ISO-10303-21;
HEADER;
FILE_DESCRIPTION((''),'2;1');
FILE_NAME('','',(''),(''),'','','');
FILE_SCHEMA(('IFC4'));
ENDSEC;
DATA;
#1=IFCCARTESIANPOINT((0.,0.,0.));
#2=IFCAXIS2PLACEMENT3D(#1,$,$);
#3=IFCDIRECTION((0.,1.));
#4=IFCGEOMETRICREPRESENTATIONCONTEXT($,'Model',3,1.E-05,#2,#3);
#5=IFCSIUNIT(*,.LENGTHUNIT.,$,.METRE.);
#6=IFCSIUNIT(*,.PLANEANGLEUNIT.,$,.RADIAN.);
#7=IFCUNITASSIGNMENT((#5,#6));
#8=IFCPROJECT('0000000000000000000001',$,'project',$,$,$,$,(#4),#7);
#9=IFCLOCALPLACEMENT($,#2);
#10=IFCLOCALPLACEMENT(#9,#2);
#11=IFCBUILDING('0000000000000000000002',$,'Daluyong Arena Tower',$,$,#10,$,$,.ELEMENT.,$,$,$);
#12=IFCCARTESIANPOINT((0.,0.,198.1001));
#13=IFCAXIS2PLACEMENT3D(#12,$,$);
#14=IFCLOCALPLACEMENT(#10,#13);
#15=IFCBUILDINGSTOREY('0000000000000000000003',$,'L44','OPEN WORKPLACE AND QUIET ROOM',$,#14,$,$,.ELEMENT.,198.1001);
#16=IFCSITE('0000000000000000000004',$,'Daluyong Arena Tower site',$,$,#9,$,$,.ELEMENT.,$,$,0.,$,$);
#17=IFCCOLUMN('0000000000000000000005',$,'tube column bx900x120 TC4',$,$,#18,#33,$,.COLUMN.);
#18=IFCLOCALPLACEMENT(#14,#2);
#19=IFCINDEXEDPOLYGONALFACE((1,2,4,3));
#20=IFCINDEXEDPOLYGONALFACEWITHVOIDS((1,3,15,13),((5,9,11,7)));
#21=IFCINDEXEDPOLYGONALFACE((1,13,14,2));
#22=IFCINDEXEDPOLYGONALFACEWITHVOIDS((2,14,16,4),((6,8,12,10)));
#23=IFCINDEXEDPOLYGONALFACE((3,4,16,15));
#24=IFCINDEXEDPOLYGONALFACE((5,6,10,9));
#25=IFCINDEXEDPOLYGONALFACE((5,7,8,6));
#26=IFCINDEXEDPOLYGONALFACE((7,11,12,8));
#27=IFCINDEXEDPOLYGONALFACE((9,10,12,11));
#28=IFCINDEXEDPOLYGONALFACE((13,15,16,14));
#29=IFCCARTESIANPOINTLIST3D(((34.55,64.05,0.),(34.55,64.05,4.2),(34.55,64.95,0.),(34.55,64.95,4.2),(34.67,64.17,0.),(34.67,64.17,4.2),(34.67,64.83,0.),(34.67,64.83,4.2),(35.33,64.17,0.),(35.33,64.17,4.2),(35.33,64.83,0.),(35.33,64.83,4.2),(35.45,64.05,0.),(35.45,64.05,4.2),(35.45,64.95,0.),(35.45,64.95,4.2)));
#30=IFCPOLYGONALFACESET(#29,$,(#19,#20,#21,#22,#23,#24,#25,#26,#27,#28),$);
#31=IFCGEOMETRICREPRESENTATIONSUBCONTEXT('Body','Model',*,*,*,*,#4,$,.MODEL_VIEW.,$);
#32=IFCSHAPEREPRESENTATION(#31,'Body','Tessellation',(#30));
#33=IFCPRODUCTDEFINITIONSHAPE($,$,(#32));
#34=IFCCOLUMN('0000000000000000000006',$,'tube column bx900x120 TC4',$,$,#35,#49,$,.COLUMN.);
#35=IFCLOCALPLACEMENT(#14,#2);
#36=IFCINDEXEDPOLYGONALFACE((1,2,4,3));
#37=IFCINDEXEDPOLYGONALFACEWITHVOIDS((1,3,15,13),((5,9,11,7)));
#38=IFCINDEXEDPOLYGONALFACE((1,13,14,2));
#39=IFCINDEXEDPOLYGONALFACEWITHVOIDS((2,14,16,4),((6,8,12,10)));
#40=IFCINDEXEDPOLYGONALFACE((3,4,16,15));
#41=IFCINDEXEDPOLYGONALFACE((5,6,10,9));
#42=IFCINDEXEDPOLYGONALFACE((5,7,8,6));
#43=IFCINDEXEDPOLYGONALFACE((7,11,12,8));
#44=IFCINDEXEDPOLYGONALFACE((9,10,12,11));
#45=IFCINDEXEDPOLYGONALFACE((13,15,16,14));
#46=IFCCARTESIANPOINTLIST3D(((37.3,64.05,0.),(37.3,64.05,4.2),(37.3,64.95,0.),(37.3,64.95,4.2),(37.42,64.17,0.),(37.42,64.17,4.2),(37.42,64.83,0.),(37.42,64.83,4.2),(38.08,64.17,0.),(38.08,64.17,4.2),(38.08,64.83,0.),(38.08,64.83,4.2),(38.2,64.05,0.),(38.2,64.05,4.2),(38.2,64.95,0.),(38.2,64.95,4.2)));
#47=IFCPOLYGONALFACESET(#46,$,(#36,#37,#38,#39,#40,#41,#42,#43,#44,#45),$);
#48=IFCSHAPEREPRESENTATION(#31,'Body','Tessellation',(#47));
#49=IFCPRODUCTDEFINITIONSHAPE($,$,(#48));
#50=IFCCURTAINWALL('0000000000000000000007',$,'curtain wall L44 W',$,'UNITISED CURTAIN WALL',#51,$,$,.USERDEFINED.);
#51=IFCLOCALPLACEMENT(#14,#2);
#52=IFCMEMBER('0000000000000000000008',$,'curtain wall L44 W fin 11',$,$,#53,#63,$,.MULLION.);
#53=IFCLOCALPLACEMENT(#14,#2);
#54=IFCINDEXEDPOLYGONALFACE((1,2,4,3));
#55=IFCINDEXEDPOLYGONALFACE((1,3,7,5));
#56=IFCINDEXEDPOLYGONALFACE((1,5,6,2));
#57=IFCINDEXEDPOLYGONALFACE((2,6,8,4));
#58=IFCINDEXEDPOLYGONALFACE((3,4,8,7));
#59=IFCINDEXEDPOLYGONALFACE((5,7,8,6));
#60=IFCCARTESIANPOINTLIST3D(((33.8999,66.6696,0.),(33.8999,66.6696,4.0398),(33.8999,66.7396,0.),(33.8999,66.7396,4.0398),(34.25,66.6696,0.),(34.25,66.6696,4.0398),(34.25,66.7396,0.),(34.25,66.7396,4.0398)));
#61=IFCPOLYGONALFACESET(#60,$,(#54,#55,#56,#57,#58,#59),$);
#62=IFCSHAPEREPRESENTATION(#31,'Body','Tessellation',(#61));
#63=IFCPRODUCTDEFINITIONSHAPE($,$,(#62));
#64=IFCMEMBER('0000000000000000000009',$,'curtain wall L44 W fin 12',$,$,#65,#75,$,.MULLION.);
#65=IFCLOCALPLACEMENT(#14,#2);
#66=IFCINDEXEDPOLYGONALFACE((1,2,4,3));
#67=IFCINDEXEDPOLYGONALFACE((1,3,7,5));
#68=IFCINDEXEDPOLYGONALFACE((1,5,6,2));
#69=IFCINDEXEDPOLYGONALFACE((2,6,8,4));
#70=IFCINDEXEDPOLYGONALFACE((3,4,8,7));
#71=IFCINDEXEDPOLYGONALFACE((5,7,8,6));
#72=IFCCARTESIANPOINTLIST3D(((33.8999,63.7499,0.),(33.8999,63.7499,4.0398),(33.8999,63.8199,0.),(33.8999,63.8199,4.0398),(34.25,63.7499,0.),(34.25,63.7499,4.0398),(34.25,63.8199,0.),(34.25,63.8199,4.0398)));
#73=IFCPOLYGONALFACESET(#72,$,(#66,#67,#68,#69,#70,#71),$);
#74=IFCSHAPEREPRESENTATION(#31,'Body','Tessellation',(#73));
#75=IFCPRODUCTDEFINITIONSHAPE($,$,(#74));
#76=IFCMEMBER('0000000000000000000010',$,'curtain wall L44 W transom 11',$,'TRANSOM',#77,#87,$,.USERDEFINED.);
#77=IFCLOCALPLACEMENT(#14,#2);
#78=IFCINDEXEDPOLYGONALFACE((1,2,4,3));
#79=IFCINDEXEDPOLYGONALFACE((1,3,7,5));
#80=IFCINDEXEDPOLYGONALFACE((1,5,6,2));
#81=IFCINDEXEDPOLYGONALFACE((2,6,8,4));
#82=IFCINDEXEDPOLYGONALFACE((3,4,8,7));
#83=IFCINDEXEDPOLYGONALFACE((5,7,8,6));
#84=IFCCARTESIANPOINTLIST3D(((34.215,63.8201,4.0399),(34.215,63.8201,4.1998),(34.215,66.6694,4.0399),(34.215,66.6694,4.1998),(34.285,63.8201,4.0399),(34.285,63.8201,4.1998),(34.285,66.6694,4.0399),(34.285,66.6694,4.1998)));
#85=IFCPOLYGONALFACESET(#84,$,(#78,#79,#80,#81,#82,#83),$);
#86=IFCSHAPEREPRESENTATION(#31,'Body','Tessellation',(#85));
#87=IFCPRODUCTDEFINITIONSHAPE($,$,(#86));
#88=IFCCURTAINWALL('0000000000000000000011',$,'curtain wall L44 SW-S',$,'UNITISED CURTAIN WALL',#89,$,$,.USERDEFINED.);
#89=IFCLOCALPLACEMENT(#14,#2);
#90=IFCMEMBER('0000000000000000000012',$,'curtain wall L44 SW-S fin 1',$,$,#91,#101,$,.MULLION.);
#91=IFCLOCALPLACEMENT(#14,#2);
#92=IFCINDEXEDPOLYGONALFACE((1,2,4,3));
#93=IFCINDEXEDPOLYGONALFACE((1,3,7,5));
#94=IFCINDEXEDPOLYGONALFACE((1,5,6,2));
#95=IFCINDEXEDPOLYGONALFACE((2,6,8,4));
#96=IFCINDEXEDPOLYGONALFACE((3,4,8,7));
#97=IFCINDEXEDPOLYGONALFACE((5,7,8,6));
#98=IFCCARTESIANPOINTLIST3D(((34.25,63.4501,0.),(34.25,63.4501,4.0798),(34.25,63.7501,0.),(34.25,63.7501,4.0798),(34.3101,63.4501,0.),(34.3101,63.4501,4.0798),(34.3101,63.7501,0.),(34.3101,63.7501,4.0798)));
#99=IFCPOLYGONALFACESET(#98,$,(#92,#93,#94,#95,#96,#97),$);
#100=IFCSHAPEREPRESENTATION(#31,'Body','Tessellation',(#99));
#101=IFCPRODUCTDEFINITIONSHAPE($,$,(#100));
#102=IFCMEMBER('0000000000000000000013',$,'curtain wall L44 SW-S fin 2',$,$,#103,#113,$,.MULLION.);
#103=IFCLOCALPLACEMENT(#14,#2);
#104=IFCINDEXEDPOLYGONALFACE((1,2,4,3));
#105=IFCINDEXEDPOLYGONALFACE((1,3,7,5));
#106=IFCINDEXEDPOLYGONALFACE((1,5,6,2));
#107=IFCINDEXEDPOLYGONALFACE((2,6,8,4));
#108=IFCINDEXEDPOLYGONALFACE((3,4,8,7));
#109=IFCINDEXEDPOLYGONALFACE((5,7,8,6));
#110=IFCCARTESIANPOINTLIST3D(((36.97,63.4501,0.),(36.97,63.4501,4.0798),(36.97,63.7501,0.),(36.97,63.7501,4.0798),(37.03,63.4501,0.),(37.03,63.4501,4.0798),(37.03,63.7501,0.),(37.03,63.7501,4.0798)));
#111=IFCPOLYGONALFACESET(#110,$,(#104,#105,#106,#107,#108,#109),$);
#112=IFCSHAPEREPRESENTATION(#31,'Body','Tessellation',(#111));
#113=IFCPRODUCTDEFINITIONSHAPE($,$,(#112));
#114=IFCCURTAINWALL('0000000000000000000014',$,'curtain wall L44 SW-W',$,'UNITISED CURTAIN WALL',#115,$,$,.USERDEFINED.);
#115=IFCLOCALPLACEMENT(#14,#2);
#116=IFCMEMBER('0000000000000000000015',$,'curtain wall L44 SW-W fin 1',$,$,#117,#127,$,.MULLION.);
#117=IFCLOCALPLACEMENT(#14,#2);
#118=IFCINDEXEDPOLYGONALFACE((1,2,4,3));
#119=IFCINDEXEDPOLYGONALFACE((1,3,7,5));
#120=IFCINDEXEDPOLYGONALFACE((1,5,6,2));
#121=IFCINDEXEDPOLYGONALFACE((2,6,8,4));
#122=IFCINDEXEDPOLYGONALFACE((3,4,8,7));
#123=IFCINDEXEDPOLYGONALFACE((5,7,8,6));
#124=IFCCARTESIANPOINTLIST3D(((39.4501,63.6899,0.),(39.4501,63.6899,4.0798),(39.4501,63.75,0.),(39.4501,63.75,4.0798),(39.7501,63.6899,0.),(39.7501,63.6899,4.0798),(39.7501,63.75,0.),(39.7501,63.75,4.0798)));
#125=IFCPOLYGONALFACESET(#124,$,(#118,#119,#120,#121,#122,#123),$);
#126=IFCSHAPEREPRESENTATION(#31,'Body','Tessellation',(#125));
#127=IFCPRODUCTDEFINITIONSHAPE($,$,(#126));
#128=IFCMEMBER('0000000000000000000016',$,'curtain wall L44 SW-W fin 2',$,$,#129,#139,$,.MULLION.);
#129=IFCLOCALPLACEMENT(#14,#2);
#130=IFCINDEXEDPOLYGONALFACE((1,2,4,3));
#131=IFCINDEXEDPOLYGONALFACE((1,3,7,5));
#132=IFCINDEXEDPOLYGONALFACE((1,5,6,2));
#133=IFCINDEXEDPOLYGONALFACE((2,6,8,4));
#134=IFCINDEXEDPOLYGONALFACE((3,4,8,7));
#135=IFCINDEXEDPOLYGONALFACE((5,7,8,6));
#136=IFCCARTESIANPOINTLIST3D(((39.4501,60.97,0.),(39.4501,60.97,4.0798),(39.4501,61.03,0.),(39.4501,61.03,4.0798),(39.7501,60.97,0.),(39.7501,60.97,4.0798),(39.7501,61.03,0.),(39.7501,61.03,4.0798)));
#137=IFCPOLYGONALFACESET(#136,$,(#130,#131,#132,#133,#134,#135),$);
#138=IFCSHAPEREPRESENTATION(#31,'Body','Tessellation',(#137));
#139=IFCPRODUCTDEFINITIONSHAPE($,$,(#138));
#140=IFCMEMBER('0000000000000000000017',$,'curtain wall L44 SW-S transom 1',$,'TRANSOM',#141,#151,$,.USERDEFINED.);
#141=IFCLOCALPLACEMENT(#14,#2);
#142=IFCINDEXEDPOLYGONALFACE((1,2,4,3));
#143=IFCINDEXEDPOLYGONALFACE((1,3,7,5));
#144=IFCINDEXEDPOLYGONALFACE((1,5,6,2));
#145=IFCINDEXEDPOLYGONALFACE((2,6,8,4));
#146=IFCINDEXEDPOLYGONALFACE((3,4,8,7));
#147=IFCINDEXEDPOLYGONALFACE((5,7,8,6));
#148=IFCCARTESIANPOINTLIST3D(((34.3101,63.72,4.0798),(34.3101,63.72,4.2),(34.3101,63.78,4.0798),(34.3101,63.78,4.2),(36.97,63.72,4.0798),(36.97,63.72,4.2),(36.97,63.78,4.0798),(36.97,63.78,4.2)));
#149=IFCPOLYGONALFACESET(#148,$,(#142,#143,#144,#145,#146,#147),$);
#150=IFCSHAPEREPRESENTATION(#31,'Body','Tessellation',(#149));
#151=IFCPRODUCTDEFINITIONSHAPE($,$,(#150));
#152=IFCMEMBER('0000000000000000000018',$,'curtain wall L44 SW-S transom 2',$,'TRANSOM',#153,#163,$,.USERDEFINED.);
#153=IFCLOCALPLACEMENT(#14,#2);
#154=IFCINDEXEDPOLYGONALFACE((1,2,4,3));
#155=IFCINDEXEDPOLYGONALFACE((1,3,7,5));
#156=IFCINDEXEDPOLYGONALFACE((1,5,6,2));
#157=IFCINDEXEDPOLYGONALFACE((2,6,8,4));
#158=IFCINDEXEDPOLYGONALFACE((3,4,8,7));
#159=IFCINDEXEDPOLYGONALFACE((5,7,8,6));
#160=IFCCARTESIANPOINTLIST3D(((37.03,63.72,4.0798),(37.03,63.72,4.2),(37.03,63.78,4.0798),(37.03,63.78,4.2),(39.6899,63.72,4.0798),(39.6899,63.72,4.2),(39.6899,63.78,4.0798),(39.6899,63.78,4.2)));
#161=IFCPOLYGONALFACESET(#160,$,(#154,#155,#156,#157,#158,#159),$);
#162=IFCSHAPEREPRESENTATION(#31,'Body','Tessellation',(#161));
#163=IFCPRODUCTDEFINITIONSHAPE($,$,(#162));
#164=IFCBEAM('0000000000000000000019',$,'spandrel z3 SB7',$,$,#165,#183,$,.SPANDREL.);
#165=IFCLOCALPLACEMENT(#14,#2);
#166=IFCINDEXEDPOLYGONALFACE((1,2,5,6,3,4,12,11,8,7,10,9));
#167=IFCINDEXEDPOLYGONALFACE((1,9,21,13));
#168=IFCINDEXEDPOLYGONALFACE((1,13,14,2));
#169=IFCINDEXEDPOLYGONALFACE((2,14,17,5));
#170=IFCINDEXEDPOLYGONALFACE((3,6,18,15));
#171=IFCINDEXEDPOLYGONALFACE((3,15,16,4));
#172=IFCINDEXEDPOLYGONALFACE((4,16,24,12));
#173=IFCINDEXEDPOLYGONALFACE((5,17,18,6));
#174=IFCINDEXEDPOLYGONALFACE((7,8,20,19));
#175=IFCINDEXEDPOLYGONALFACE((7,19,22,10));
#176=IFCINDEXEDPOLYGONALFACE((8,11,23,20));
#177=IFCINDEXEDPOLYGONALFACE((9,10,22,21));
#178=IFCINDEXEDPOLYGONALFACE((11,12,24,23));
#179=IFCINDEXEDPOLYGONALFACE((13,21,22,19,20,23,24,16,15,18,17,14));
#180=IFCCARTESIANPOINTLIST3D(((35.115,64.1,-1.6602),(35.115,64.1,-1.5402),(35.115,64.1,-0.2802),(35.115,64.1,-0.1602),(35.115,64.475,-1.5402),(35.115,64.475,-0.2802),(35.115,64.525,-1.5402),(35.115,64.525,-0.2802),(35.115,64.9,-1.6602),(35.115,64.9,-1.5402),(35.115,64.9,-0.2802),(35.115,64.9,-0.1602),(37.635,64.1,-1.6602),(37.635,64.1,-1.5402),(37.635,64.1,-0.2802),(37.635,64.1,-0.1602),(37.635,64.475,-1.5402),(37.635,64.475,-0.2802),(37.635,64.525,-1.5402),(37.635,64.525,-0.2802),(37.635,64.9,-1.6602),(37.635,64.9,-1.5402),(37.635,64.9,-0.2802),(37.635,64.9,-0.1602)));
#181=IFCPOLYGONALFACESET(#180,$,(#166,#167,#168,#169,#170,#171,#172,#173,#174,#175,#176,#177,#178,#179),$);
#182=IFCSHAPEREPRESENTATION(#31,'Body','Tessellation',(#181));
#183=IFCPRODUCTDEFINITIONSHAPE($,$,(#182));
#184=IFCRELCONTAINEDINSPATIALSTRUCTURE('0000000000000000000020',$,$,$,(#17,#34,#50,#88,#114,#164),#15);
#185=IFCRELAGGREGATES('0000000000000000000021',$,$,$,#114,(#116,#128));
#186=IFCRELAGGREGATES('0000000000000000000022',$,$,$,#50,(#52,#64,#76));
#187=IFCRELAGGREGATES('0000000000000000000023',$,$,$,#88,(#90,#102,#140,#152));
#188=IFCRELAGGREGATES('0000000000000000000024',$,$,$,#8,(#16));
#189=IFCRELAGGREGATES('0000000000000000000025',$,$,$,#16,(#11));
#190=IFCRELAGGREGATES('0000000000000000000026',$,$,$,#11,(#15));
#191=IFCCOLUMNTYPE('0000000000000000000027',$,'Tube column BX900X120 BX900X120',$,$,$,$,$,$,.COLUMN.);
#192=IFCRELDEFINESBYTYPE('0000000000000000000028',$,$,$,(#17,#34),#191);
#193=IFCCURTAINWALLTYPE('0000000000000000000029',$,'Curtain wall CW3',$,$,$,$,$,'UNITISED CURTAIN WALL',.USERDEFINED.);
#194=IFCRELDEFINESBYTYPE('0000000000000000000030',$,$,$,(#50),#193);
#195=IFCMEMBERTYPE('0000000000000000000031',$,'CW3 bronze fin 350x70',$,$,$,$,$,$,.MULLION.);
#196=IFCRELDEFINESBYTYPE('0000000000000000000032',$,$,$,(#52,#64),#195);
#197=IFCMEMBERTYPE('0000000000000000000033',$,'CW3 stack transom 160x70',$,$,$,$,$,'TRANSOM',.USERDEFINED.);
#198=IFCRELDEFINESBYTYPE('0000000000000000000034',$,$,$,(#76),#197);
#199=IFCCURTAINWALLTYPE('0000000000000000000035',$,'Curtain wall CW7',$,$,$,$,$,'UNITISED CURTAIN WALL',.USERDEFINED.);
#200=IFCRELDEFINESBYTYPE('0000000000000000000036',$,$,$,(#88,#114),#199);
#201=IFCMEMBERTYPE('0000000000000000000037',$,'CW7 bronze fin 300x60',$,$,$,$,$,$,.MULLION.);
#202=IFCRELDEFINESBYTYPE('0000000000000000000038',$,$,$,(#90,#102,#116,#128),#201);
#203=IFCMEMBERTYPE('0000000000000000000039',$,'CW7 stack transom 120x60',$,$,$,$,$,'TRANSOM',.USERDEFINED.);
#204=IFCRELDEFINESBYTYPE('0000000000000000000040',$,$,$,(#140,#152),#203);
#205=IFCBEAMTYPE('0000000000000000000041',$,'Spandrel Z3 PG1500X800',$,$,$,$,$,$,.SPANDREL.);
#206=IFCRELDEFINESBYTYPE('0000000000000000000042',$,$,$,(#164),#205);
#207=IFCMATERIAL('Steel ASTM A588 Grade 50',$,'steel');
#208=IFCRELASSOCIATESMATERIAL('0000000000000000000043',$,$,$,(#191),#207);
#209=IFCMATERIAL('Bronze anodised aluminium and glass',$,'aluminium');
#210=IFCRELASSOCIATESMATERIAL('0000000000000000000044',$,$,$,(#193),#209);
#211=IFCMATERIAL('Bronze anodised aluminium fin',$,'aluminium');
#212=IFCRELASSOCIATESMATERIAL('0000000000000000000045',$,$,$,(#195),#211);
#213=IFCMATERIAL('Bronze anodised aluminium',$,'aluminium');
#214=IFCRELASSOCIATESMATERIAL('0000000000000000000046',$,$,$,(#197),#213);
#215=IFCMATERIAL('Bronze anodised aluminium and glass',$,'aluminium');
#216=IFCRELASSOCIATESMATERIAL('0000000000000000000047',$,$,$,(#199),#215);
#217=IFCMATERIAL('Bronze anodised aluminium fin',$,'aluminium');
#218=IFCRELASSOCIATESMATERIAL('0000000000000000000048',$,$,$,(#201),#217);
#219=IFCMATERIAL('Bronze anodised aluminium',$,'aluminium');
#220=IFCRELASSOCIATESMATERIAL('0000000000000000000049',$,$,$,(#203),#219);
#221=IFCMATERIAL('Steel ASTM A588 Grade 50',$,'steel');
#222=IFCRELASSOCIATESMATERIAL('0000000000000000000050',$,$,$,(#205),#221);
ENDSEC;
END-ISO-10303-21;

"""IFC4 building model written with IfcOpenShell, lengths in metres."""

from ifc_helpers import new_model, si_unit, direction, frame, origin, origin_2d, place, context, subcontext, project, spatial, rectangle, hollow_rectangle, i_section, extrude, material, material_profile, profile_set, type_object, element, aggregate, save


model = new_model("IFC4")

# Units and contexts
model_context = context("Model", 3, precision=1e-05, world=origin(), true_north=direction((0.0, 1.0)))
body_context = subcontext(model_context, "Body", "Model", "MODEL_VIEW")
ifc_project = project(units=[si_unit("LENGTHUNIT", "METRE"), si_unit("PLANEANGLEUNIT", "RADIAN")], contexts=[model_context])

# Site, building, storey
site_placement = place(None, origin())
site = spatial("IfcSite", under=ifc_project, at=site_placement, Name="Daluyong Arena Tower site", CompositionType="ELEMENT", RefElevation=0.0)
building_placement = place(site_placement, origin())
building = spatial("IfcBuilding", under=site, at=building_placement, Name="Daluyong Arena Tower", CompositionType="ELEMENT")
storey_placement = place(building_placement, frame((0.0, 0.0, 198.1001)))
storey = spatial("IfcBuildingStorey", under=building, at=storey_placement, Name="L44", Description="OPEN WORKPLACE AND QUIET ROOM", CompositionType="ELEMENT", Elevation=198.1001)

# Columns
ifc_material_1 = material(Name="Steel ASTM A588 Grade 50", Category="steel")
ifc_material_profile_1 = material_profile(ifc_material_1, hollow_rectangle(XDim=0.8999, YDim=0.8999, WallThickness=0.12, at=origin_2d()))
ifc_profile_set_1 = profile_set([ifc_material_profile_1], Name="Steel ASTM A588 Grade 50")
column_type = type_object("IfcColumnType", Name="Tube column BX900X120 BX900X120", PredefinedType="COLUMN", material=ifc_profile_set_1)
for number, where, z_axis, x_axis, name in (
    (1, (35.0, 64.5, 0.0), (0.0, 0.0, 1.0), (1.0, 0.0, 0.0), "tube column bx900x120 TC4"),
    (2, (37.75, 64.5, 0.0), (0.0, 0.0, 1.0), (1.0, 0.0, 0.0), "tube column bx900x120 TC4"),
):
    element("IfcColumn", number, at=place(storey_placement, frame(where, z_axis=z_axis, x_axis=x_axis)), inside=storey, type_object=column_type, Name=name, PredefinedType="COLUMN", context=body_context, shape_type="SweptSolid", body=[
        extrude(hollow_rectangle(XDim=0.8999, YDim=0.8999, WallThickness=0.12, at=origin_2d()), origin(), (0.0, 0.0, 1.0), 4.2),
    ])

# Curtain walls, members
ifc_material_2 = material(Name="Bronze anodised aluminium and glass", Category="aluminium")
curtain_wall_type_1 = type_object("IfcCurtainWallType", Name="Curtain wall CW3", ElementType="UNITISED CURTAIN WALL", PredefinedType="USERDEFINED", material=ifc_material_2)
curtain_wall_1_placement = place(storey_placement, origin())
curtain_wall_1 = element("IfcCurtainWall", 3, at=curtain_wall_1_placement, inside=storey, type_object=curtain_wall_type_1, Name="curtain wall L44 W", ObjectType="UNITISED CURTAIN WALL", PredefinedType="USERDEFINED")
ifc_material_3 = material(Name="Bronze anodised aluminium fin", Category="aluminium")
ifc_material_profile_2 = material_profile(ifc_material_3, rectangle(XDim=0.3501, YDim=0.0701, at=origin_2d()))
ifc_profile_set_2 = profile_set([ifc_material_profile_2], Name="Bronze anodised aluminium fin")
member_type_1 = type_object("IfcMemberType", Name="CW3 bronze fin 350x70", PredefinedType="MULLION", material=ifc_profile_set_2)
member_1_placement = place(storey_placement, frame((34.075, 66.7046, 0.0), z_axis=(0.0, 0.0, 1.0), x_axis=(1.0, 0.0, 0.0)))
member_1 = element("IfcMember", 4, at=member_1_placement, type_object=member_type_1, Name="curtain wall L44 W fin 11", PredefinedType="MULLION", context=body_context, shape_type="SweptSolid", body=[
    extrude(rectangle(XDim=0.3501, YDim=0.0701, at=origin_2d()), origin(), (0.0, 0.0, 1.0), 4.0398),
])
member_2_placement = place(storey_placement, frame((34.075, 63.7849, 0.0), z_axis=(0.0, 0.0, 1.0), x_axis=(1.0, 0.0, 0.0)))
member_2 = element("IfcMember", 5, at=member_2_placement, type_object=member_type_1, Name="curtain wall L44 W fin 12", PredefinedType="MULLION", context=body_context, shape_type="SweptSolid", body=[
    extrude(rectangle(XDim=0.3501, YDim=0.0701, at=origin_2d()), origin(), (0.0, 0.0, 1.0), 4.0398),
])
ifc_material_4 = material(Name="Bronze anodised aluminium", Category="aluminium")
ifc_material_profile_3 = material_profile(ifc_material_4, rectangle(XDim=0.0701, YDim=0.1599, at=origin_2d()))
ifc_profile_set_3 = profile_set([ifc_material_profile_3], Name="Bronze anodised aluminium")
member_type_2 = type_object("IfcMemberType", Name="CW3 stack transom 160x70", ElementType="TRANSOM", PredefinedType="USERDEFINED", material=ifc_profile_set_3)
member_3_placement = place(storey_placement, frame((34.25, 66.6694, 4.1199), z_axis=(0.0, -1.0, 0.0), x_axis=(1.0, 0.0, 0.0)))
member_3 = element("IfcMember", 6, at=member_3_placement, type_object=member_type_2, Name="curtain wall L44 W transom 11", ObjectType="TRANSOM", PredefinedType="USERDEFINED", context=body_context, shape_type="SweptSolid", body=[
    extrude(rectangle(XDim=0.0701, YDim=0.1599, at=origin_2d()), origin(), (0.0, 0.0, 1.0), 2.8494),
])
ifc_material_5 = material(Name="Bronze anodised aluminium and glass", Category="aluminium")
curtain_wall_type_2 = type_object("IfcCurtainWallType", Name="Curtain wall CW7", ElementType="UNITISED CURTAIN WALL", PredefinedType="USERDEFINED", material=ifc_material_5)
curtain_wall_2_placement = place(storey_placement, origin())
curtain_wall_2 = element("IfcCurtainWall", 7, at=curtain_wall_2_placement, inside=storey, type_object=curtain_wall_type_2, Name="curtain wall L44 SW-S", ObjectType="UNITISED CURTAIN WALL", PredefinedType="USERDEFINED")
ifc_material_6 = material(Name="Bronze anodised aluminium fin", Category="aluminium")
ifc_material_profile_4 = material_profile(ifc_material_6, rectangle(XDim=0.3, YDim=0.0601, at=origin_2d()))
ifc_profile_set_4 = profile_set([ifc_material_profile_4], Name="Bronze anodised aluminium fin")
member_type_3 = type_object("IfcMemberType", Name="CW7 bronze fin 300x60", PredefinedType="MULLION", material=ifc_profile_set_4)
member_4_placement = place(storey_placement, frame((34.28, 63.6001, 0.0), z_axis=(0.0, 0.0, 1.0), x_axis=(0.0, 1.0, 0.0)))
member_4 = element("IfcMember", 8, at=member_4_placement, type_object=member_type_3, Name="curtain wall L44 SW-S fin 1", PredefinedType="MULLION", context=body_context, shape_type="SweptSolid", body=[
    extrude(rectangle(XDim=0.3, YDim=0.0601, at=origin_2d()), origin(), (0.0, 0.0, 1.0), 4.0798),
])
member_5_placement = place(storey_placement, frame((37.0, 63.6001, 0.0), z_axis=(0.0, 0.0, 1.0), x_axis=(0.0, 1.0, 0.0)))
member_5 = element("IfcMember", 9, at=member_5_placement, type_object=member_type_3, Name="curtain wall L44 SW-S fin 2", PredefinedType="MULLION", context=body_context, shape_type="SweptSolid", body=[
    extrude(rectangle(XDim=0.3, YDim=0.0601, at=origin_2d()), origin(), (0.0, 0.0, 1.0), 4.0798),
])
curtain_wall_3_placement = place(storey_placement, origin())
curtain_wall_3 = element("IfcCurtainWall", 10, at=curtain_wall_3_placement, inside=storey, type_object=curtain_wall_type_2, Name="curtain wall L44 SW-W", ObjectType="UNITISED CURTAIN WALL", PredefinedType="USERDEFINED")
member_6_placement = place(storey_placement, frame((39.6001, 63.72, 0.0), z_axis=(0.0, 0.0, 1.0), x_axis=(1.0, 0.0, 0.0)))
member_6 = element("IfcMember", 11, at=member_6_placement, type_object=member_type_3, Name="curtain wall L44 SW-W fin 1", PredefinedType="MULLION", context=body_context, shape_type="SweptSolid", body=[
    extrude(rectangle(XDim=0.3, YDim=0.0601, at=origin_2d()), origin(), (0.0, 0.0, 1.0), 4.0798),
])
member_7_placement = place(storey_placement, frame((39.6001, 61.0, 0.0), z_axis=(0.0, 0.0, 1.0), x_axis=(1.0, 0.0, 0.0)))
member_7 = element("IfcMember", 12, at=member_7_placement, type_object=member_type_3, Name="curtain wall L44 SW-W fin 2", PredefinedType="MULLION", context=body_context, shape_type="SweptSolid", body=[
    extrude(rectangle(XDim=0.3, YDim=0.0601, at=origin_2d()), origin(), (0.0, 0.0, 1.0), 4.0798),
])
aggregate(curtain_wall_3, [member_6, member_7])

# Members
ifc_material_7 = material(Name="Bronze anodised aluminium", Category="aluminium")
ifc_material_profile_5 = material_profile(ifc_material_7, rectangle(XDim=0.0601, YDim=0.1201, at=origin_2d()))
ifc_profile_set_5 = profile_set([ifc_material_profile_5], Name="Bronze anodised aluminium")
member_type_4 = type_object("IfcMemberType", Name="CW7 stack transom 120x60", ElementType="TRANSOM", PredefinedType="USERDEFINED", material=ifc_profile_set_5)
member_8_placement = place(storey_placement, frame((34.3101, 63.75, 4.1399), z_axis=(1.0, 0.0, 0.0), x_axis=(0.0, 1.0, 0.0)))
member_8 = element("IfcMember", 13, at=member_8_placement, type_object=member_type_4, Name="curtain wall L44 SW-S transom 1", ObjectType="TRANSOM", PredefinedType="USERDEFINED", context=body_context, shape_type="SweptSolid", body=[
    extrude(rectangle(XDim=0.0601, YDim=0.1201, at=origin_2d()), origin(), (0.0, 0.0, 1.0), 2.6599),
])
member_9_placement = place(storey_placement, frame((37.03, 63.75, 4.1399), z_axis=(1.0, 0.0, 0.0), x_axis=(0.0, 1.0, 0.0)))
member_9 = element("IfcMember", 14, at=member_9_placement, type_object=member_type_4, Name="curtain wall L44 SW-S transom 2", ObjectType="TRANSOM", PredefinedType="USERDEFINED", context=body_context, shape_type="SweptSolid", body=[
    extrude(rectangle(XDim=0.0601, YDim=0.1201, at=origin_2d()), origin(), (0.0, 0.0, 1.0), 2.6599),
])

# Beam
ifc_material_8 = material(Name="Steel ASTM A588 Grade 50", Category="steel")
ifc_material_profile_6 = material_profile(ifc_material_8, i_section(OverallWidth=0.8, OverallDepth=1.5, WebThickness=0.05, FlangeThickness=0.12, at=origin_2d()))
ifc_profile_set_6 = profile_set([ifc_material_profile_6], Name="Steel ASTM A588 Grade 50")
beam_type = type_object("IfcBeamType", Name="Spandrel Z3 PG1500X800", PredefinedType="SPANDREL", material=ifc_profile_set_6)
for number, where, z_axis, x_axis, name in (
    (15, (35.115, 64.5, -0.9102), (1.0, 0.0, 0.0), (0.0, 1.0, 0.0), "spandrel z3 SB7"),
):
    element("IfcBeam", number, at=place(storey_placement, frame(where, z_axis=z_axis, x_axis=x_axis)), inside=storey, type_object=beam_type, Name=name, PredefinedType="SPANDREL", context=body_context, shape_type="SweptSolid", body=[
        extrude(i_section(OverallWidth=0.8, OverallDepth=1.5, WebThickness=0.05, FlangeThickness=0.12, at=origin_2d()), origin(), (0.0, 0.0, 1.0), 2.52),
    ])

aggregate(curtain_wall_1, [member_1, member_2, member_3])
aggregate(curtain_wall_2, [member_4, member_5, member_8, member_9])

save(model, "model.ifc")
